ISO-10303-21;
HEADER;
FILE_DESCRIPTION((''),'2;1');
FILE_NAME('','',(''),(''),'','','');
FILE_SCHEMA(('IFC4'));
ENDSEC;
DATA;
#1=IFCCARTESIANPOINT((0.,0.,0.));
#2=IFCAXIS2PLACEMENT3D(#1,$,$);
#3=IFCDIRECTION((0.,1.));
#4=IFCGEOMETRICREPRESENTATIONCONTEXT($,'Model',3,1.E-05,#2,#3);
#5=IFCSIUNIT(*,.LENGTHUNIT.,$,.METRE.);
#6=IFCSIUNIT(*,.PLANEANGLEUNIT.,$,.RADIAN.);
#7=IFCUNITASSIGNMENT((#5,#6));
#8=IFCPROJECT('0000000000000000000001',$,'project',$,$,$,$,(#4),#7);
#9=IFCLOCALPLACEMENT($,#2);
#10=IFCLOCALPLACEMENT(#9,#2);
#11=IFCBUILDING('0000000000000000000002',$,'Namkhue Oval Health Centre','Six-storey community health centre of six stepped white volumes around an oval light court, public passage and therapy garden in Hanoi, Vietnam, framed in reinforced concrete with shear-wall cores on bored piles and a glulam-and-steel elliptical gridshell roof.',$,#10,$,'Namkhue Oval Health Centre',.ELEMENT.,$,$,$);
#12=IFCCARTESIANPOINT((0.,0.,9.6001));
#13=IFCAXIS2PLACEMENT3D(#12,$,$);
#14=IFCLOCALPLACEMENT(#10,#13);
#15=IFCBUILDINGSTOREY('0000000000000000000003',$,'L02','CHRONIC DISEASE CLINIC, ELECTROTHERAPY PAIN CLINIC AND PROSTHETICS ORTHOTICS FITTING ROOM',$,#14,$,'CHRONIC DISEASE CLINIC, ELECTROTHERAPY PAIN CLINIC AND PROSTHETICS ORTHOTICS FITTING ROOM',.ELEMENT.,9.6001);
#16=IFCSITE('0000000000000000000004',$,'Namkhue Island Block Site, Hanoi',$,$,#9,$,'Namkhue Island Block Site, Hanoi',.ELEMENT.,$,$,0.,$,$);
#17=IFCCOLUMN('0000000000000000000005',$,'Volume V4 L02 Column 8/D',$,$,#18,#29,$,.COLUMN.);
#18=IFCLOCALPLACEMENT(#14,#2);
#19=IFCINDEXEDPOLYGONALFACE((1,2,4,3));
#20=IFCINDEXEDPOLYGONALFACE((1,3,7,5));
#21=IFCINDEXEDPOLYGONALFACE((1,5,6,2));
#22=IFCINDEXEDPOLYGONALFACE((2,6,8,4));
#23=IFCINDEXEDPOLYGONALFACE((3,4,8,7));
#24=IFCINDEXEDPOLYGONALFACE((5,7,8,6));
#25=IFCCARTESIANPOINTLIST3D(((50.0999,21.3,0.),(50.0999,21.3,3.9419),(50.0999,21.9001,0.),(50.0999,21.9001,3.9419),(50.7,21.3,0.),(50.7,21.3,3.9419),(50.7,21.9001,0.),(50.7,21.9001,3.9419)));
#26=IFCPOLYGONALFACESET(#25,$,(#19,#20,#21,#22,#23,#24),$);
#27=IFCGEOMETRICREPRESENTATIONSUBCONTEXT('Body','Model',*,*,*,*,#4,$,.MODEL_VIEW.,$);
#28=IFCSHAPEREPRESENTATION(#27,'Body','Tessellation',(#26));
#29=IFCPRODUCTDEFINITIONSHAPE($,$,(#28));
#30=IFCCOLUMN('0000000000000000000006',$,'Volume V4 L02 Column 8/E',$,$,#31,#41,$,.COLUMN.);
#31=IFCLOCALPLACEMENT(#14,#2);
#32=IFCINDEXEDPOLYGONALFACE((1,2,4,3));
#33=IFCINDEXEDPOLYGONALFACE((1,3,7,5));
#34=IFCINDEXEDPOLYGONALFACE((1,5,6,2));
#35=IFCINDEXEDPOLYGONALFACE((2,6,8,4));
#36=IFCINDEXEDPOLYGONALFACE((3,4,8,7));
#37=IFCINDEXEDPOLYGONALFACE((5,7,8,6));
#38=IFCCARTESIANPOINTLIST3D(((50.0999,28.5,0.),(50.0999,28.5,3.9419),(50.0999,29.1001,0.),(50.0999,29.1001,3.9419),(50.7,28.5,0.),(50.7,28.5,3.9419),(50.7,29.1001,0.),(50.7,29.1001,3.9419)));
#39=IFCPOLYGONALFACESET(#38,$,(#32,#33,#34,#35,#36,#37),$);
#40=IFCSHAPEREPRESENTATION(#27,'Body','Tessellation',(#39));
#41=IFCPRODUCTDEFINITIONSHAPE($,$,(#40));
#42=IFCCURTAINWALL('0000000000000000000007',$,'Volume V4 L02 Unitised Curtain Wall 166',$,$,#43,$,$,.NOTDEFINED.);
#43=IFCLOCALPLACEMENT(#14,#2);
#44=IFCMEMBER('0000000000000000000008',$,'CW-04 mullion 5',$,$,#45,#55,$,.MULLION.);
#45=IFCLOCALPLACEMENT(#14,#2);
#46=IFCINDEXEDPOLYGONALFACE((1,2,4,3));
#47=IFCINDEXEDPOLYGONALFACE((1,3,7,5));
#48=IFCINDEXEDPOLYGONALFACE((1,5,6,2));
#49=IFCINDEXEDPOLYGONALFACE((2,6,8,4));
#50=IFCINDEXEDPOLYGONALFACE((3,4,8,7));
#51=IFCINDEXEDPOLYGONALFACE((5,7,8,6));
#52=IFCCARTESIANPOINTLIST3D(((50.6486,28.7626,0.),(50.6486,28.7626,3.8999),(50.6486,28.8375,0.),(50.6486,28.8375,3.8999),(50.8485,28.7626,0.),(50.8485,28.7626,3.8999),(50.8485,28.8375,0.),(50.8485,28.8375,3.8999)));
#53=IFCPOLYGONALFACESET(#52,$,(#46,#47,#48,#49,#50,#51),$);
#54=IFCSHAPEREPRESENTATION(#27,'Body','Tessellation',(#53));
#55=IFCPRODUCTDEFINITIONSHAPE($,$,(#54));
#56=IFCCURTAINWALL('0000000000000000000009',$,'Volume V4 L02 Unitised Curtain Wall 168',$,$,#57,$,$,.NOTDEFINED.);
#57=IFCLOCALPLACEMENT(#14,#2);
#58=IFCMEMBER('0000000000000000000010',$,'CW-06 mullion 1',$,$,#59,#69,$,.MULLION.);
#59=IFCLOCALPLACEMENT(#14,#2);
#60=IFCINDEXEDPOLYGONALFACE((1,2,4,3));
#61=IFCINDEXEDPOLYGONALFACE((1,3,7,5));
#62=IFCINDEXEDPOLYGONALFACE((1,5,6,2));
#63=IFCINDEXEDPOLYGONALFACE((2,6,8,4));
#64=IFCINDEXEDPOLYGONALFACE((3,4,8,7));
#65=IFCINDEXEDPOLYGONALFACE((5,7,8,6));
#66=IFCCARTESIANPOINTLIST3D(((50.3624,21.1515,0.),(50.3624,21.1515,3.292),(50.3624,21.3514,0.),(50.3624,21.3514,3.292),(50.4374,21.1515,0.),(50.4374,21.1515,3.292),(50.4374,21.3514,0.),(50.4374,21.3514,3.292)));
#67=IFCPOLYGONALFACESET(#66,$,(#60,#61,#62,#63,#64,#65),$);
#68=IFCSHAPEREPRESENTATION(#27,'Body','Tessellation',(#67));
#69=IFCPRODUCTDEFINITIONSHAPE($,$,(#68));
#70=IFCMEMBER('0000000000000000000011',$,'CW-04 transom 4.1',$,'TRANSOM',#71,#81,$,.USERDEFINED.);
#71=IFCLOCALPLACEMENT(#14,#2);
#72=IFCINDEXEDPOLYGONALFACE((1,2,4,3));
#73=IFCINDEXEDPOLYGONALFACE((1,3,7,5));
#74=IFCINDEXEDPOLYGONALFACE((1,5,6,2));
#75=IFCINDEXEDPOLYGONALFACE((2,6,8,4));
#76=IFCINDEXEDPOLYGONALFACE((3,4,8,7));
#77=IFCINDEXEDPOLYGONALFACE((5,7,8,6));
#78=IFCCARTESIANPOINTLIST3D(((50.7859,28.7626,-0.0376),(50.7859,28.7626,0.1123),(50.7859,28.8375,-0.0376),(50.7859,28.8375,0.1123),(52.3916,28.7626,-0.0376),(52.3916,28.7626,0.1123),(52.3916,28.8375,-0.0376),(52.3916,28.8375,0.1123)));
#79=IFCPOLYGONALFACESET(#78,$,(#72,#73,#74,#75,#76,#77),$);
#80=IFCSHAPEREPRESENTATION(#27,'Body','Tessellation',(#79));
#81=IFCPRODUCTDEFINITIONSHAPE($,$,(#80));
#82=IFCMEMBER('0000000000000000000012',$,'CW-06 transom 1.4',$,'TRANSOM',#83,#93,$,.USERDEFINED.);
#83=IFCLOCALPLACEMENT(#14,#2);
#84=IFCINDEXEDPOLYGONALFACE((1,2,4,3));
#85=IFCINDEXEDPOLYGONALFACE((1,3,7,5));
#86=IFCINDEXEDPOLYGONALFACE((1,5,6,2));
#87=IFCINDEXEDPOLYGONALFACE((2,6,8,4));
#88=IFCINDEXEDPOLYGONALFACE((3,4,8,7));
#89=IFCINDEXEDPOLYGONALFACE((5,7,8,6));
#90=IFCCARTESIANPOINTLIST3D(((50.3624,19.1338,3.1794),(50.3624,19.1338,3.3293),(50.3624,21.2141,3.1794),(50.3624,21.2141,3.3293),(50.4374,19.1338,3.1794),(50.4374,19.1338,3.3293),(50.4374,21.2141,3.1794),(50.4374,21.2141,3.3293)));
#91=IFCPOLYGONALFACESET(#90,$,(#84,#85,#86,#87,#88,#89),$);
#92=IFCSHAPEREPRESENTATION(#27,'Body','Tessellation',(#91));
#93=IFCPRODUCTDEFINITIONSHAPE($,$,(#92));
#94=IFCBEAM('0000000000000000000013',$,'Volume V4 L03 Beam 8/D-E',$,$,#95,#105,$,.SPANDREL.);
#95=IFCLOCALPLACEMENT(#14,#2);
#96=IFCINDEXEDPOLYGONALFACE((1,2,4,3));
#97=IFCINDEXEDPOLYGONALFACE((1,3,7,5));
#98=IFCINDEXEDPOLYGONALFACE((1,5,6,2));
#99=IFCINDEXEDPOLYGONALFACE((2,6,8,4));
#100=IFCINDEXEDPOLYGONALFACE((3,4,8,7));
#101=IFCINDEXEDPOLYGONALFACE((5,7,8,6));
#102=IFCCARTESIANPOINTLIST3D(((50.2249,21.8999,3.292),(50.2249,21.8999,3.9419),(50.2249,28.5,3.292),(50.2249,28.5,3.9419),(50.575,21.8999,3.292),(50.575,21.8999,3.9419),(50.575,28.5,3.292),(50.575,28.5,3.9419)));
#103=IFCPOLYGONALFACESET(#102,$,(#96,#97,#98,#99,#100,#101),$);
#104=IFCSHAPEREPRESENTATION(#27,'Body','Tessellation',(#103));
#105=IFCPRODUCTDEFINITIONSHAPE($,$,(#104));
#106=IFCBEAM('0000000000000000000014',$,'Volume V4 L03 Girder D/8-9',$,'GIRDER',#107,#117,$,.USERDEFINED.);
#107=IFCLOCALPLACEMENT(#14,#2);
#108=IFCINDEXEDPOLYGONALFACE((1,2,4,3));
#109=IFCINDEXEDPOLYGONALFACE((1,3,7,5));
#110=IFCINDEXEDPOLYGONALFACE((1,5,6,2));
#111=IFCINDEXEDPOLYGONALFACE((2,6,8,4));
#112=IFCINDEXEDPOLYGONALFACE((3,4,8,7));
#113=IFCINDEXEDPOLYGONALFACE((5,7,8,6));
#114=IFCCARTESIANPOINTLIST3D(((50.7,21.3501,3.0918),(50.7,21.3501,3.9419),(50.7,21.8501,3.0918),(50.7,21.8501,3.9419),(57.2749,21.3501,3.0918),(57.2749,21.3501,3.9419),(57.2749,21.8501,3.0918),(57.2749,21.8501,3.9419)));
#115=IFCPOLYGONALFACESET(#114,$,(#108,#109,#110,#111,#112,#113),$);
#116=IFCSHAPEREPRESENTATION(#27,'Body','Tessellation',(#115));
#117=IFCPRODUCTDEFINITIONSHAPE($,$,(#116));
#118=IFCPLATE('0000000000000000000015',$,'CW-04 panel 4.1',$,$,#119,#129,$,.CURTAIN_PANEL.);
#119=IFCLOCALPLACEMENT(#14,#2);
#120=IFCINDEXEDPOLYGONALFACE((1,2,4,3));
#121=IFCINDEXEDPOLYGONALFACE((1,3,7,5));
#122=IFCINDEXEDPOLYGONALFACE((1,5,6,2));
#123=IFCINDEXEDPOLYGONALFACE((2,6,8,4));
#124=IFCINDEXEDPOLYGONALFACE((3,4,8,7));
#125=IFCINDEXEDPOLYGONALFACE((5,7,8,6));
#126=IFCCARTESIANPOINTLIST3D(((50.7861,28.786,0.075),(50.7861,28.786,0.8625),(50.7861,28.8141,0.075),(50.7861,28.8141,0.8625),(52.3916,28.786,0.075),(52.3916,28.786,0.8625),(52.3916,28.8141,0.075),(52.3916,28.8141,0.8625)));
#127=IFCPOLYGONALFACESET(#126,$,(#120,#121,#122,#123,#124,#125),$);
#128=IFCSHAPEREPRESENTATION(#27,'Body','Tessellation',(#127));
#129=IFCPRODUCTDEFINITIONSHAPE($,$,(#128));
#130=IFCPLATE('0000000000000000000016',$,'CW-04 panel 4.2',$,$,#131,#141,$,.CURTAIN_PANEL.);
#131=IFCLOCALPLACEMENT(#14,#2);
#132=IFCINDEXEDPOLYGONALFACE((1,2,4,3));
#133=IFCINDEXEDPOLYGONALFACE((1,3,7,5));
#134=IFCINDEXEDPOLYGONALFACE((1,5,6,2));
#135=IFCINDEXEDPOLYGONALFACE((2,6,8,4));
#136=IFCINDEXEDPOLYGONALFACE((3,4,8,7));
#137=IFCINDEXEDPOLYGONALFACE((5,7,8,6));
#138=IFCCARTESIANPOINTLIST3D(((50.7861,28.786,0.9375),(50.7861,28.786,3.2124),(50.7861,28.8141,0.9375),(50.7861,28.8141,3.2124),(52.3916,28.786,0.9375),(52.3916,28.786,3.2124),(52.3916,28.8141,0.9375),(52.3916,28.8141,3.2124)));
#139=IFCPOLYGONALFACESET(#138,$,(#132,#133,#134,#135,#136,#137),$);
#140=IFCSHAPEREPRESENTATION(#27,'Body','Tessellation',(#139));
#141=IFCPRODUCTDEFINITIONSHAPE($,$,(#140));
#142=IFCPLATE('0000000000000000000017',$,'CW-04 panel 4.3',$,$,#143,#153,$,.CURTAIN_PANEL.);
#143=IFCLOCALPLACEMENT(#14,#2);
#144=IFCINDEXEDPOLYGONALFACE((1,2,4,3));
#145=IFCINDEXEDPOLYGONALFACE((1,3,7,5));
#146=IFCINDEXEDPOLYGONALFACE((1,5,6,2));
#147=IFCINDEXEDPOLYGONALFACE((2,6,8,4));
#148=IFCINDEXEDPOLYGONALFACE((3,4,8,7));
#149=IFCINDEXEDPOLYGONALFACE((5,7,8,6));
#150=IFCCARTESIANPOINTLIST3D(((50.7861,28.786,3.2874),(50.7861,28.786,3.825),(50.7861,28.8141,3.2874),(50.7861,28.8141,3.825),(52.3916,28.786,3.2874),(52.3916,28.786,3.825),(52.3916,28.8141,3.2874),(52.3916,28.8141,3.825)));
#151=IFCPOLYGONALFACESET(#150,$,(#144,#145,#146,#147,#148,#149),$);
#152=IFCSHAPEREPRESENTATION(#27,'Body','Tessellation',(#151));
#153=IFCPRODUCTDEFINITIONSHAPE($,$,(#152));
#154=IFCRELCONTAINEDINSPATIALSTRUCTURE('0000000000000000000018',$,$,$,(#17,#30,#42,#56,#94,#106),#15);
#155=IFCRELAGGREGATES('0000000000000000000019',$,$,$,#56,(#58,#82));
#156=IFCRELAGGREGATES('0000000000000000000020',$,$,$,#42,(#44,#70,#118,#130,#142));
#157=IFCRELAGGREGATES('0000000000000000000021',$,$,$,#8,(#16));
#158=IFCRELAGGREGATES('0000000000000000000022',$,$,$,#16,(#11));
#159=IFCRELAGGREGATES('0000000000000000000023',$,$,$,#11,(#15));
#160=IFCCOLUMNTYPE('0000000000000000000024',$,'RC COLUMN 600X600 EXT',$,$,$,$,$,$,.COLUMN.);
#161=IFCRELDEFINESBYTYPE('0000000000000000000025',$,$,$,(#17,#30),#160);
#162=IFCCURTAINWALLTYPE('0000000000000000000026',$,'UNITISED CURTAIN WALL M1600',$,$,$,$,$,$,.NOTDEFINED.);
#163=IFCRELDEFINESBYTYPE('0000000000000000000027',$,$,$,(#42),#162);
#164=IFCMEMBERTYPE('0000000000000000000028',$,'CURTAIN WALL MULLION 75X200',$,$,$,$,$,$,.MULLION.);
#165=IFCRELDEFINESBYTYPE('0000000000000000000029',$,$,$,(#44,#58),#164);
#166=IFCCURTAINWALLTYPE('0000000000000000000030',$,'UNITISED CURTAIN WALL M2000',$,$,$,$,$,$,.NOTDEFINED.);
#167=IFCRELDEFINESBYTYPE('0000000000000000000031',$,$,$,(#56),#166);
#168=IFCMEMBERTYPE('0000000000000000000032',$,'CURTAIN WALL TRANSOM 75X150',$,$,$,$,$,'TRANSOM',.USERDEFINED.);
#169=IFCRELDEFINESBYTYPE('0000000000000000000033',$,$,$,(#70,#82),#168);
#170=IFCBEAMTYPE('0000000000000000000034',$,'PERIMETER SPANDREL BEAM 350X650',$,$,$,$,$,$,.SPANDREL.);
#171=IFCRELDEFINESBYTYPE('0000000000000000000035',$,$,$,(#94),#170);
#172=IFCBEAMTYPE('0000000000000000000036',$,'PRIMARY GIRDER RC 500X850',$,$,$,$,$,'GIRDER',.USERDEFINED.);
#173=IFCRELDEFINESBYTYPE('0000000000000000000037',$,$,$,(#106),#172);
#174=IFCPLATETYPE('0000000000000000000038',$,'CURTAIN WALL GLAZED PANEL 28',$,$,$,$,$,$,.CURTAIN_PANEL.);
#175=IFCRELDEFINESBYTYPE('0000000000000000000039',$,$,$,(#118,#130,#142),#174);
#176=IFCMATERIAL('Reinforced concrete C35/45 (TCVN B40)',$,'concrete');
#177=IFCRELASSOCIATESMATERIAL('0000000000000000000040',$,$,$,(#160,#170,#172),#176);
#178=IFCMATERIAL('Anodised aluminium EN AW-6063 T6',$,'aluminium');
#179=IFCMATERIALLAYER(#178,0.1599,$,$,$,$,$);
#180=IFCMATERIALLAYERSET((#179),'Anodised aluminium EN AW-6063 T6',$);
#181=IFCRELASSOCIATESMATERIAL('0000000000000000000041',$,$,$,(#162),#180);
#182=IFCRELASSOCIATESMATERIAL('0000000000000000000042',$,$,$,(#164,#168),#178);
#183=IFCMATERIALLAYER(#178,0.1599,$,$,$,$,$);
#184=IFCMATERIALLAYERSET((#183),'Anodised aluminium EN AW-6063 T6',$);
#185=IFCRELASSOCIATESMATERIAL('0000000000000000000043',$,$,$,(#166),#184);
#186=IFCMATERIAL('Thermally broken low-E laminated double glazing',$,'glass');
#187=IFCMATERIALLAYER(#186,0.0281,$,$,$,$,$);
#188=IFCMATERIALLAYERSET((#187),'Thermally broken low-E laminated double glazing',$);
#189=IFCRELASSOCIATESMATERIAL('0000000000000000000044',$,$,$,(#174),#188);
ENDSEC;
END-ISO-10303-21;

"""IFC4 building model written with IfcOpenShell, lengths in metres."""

from ifc_helpers import new_model, si_unit, direction, frame, origin, origin_2d, place, context, subcontext, project, spatial, rectangle, extrude, material, layer, layer_set, material_profile, profile_set, type_object, element, aggregate, save


model = new_model("IFC4")

# Units and contexts
model_context = context("Model", 3, precision=1e-05, world=origin(), true_north=direction((0.0, 1.0)))
body_context = subcontext(model_context, "Body", "Model", "MODEL_VIEW")
ifc_project = project(units=[si_unit("LENGTHUNIT", "METRE"), si_unit("PLANEANGLEUNIT", "RADIAN")], contexts=[model_context])

# Site, building, storey
site_placement = place(None, origin())
site = spatial("IfcSite", under=ifc_project, at=site_placement, Name="Namkhue Island Block Site, Hanoi", LongName="Namkhue Island Block Site, Hanoi", CompositionType="ELEMENT", RefElevation=0.0)
building_placement = place(site_placement, origin())
building = spatial("IfcBuilding", under=site, at=building_placement, Name="Namkhue Oval Health Centre", Description="Six-storey community health centre of six stepped white volumes around an oval light court, public passage and therapy garden in Hanoi, Vietnam, framed in reinforced concrete with shear-wall cores on bored piles and a glulam-and-steel elliptical gridshell roof.", LongName="Namkhue Oval Health Centre", CompositionType="ELEMENT")
storey_placement = place(building_placement, frame((0.0, 0.0, 9.6001)))
storey = spatial("IfcBuildingStorey", under=building, at=storey_placement, Name="L02", Description="CHRONIC DISEASE CLINIC, ELECTROTHERAPY PAIN CLINIC AND PROSTHETICS ORTHOTICS FITTING ROOM", LongName="CHRONIC DISEASE CLINIC, ELECTROTHERAPY PAIN CLINIC AND PROSTHETICS ORTHOTICS FITTING ROOM", CompositionType="ELEMENT", Elevation=9.6001)

# Columns
ifc_material_1 = material(Name="Reinforced concrete C35/45 (TCVN B40)", Category="concrete")
ifc_material_profile_1 = material_profile(ifc_material_1, rectangle(XDim=0.6001, YDim=0.6001, at=origin_2d()), Name="RC 600x600")
ifc_profile_set_1 = profile_set([ifc_material_profile_1], Name="Reinforced concrete C35/45 (TCVN B40)")
column_type = type_object("IfcColumnType", Name="RC COLUMN 600X600 EXT", PredefinedType="COLUMN", material=ifc_profile_set_1)
for number, where, z_axis, x_axis, name in (
    (1, (50.3999, 21.6001, 0.0), (0.0, 0.0, 1.0), (1.0, 0.0, 0.0), "Volume V4 L02 Column 8/D"),
    (2, (50.3999, 28.8, 0.0), (0.0, 0.0, 1.0), (1.0, 0.0, 0.0), "Volume V4 L02 Column 8/E"),
):
    element("IfcColumn", number, at=place(storey_placement, frame(where, z_axis=z_axis, x_axis=x_axis)), inside=storey, type_object=column_type, Name=name, PredefinedType="COLUMN", context=body_context, shape_type="SweptSolid", body=[
        extrude(rectangle(XDim=0.6001, YDim=0.6001, at=origin_2d()), origin(), (0.0, 0.0, 1.0), 3.9419),
    ])

# Curtain walls, members
ifc_material_2 = material(Name="Anodised aluminium EN AW-6063 T6", Category="aluminium")
ifc_layer_1 = layer(ifc_material_2, 0.1599)
ifc_layer_set_1 = layer_set([ifc_layer_1], Name="Anodised aluminium EN AW-6063 T6")
curtain_wall_type_1 = type_object("IfcCurtainWallType", Name="UNITISED CURTAIN WALL M1600", PredefinedType="NOTDEFINED", material=ifc_layer_set_1)
curtain_wall_1_placement = place(storey_placement, origin())
curtain_wall_1 = element("IfcCurtainWall", 3, at=curtain_wall_1_placement, inside=storey, type_object=curtain_wall_type_1, Name="Volume V4 L02 Unitised Curtain Wall 166", PredefinedType="NOTDEFINED")
ifc_material_profile_2 = material_profile(ifc_material_2, rectangle(XDim=0.075, YDim=0.2, at=origin_2d()), Name="ALU 75x200")
ifc_profile_set_2 = profile_set([ifc_material_profile_2], Name="Anodised aluminium EN AW-6063 T6")
member_type_1 = type_object("IfcMemberType", Name="CURTAIN WALL MULLION 75X200", PredefinedType="MULLION", material=ifc_profile_set_2)
member_1_placement = place(storey_placement, frame((50.7485, 28.8, 0.0), z_axis=(0.0, 0.0, 1.0), x_axis=(0.0, -1.0, 0.0)))
member_1 = element("IfcMember", 4, at=member_1_placement, type_object=member_type_1, Name="CW-04 mullion 5", PredefinedType="MULLION", context=body_context, shape_type="SweptSolid", body=[
    extrude(rectangle(XDim=0.075, YDim=0.2, at=origin_2d()), origin(), (0.0, 0.0, 1.0), 3.8999),
])
ifc_layer_2 = layer(ifc_material_2, 0.1599)
ifc_layer_set_2 = layer_set([ifc_layer_2], Name="Anodised aluminium EN AW-6063 T6")
curtain_wall_type_2 = type_object("IfcCurtainWallType", Name="UNITISED CURTAIN WALL M2000", PredefinedType="NOTDEFINED", material=ifc_layer_set_2)
curtain_wall_2_placement = place(storey_placement, origin())
curtain_wall_2 = element("IfcCurtainWall", 5, at=curtain_wall_2_placement, inside=storey, type_object=curtain_wall_type_2, Name="Volume V4 L02 Unitised Curtain Wall 168", PredefinedType="NOTDEFINED")
member_2_placement = place(storey_placement, frame((50.3999, 21.2515, 0.0), z_axis=(0.0, 0.0, 1.0), x_axis=(1.0, 0.0, 0.0)))
member_2 = element("IfcMember", 6, at=member_2_placement, type_object=member_type_1, Name="CW-06 mullion 1", PredefinedType="MULLION", context=body_context, shape_type="SweptSolid", body=[
    extrude(rectangle(XDim=0.075, YDim=0.2, at=origin_2d()), origin(), (0.0, 0.0, 1.0), 3.292),
])

# Members
ifc_material_profile_3 = material_profile(ifc_material_2, rectangle(XDim=0.075, YDim=0.1499, at=origin_2d()), Name="ALU 75x150")
ifc_profile_set_3 = profile_set([ifc_material_profile_3], Name="Anodised aluminium EN AW-6063 T6")
member_type_2 = type_object("IfcMemberType", Name="CURTAIN WALL TRANSOM 75X150", ElementType="TRANSOM", PredefinedType="USERDEFINED", material=ifc_profile_set_3)
member_3_placement = place(storey_placement, frame((52.3916, 28.8, 0.0374), z_axis=(-1.0, 0.0, 0.0), x_axis=(0.0, -1.0, 0.0)))
member_3 = element("IfcMember", 7, at=member_3_placement, type_object=member_type_2, Name="CW-04 transom 4.1", ObjectType="TRANSOM", PredefinedType="USERDEFINED", context=body_context, shape_type="SweptSolid", body=[
    extrude(rectangle(XDim=0.075, YDim=0.1499, at=origin_2d()), origin(), (0.0, 0.0, 1.0), 1.6057),
])
member_4_placement = place(storey_placement, frame((50.3999, 21.2141, 3.2544), z_axis=(0.0, -1.0, 0.0), x_axis=(1.0, 0.0, 0.0)))
member_4 = element("IfcMember", 8, at=member_4_placement, type_object=member_type_2, Name="CW-06 transom 1.4", ObjectType="TRANSOM", PredefinedType="USERDEFINED", context=body_context, shape_type="SweptSolid", body=[
    extrude(rectangle(XDim=0.075, YDim=0.1499, at=origin_2d()), origin(), (0.0, 0.0, 1.0), 2.0803),
])
aggregate(curtain_wall_2, [member_2, member_4])

# Beams
ifc_material_profile_4 = material_profile(ifc_material_1, rectangle(XDim=0.3501, YDim=0.6499, at=origin_2d()), Name="RC 350x650")
ifc_profile_set_4 = profile_set([ifc_material_profile_4], Name="Reinforced concrete C35/45 (TCVN B40)")
beam_type_1 = type_object("IfcBeamType", Name="PERIMETER SPANDREL BEAM 350X650", PredefinedType="SPANDREL", material=ifc_profile_set_4)
beam_1_placement = place(storey_placement, frame((50.3999, 21.8999, 3.6169), z_axis=(0.0, 1.0, 0.0), x_axis=(-1.0, 0.0, 0.0)))
element("IfcBeam", 9, at=beam_1_placement, inside=storey, type_object=beam_type_1, Name="Volume V4 L03 Beam 8/D-E", PredefinedType="SPANDREL", context=body_context, shape_type="SweptSolid", body=[
    extrude(rectangle(XDim=0.3501, YDim=0.6499, at=origin_2d()), origin(), (0.0, 0.0, 1.0), 6.6001),
])
ifc_material_profile_5 = material_profile(ifc_material_1, rectangle(XDim=0.5, YDim=0.8501, at=origin_2d()), Name="RC 500x850")
ifc_profile_set_5 = profile_set([ifc_material_profile_5], Name="Reinforced concrete C35/45 (TCVN B40)")
beam_type_2 = type_object("IfcBeamType", Name="PRIMARY GIRDER RC 500X850", ElementType="GIRDER", PredefinedType="USERDEFINED", material=ifc_profile_set_5)
beam_2_placement = place(storey_placement, frame((50.7, 21.6001, 3.5168), z_axis=(1.0, 0.0, 0.0), x_axis=(0.0, 1.0, 0.0)))
element("IfcBeam", 10, at=beam_2_placement, inside=storey, type_object=beam_type_2, Name="Volume V4 L03 Girder D/8-9", ObjectType="GIRDER", PredefinedType="USERDEFINED", context=body_context, shape_type="SweptSolid", body=[
    extrude(rectangle(XDim=0.5, YDim=0.8501, at=origin_2d()), origin(), (0.0, 0.0, 1.0), 6.575),
])

# Plates
ifc_material_3 = material(Name="Thermally broken low-E laminated double glazing", Category="glass")
ifc_layer_3 = layer(ifc_material_3, 0.0281)
ifc_layer_set_3 = layer_set([ifc_layer_3], Name="Thermally broken low-E laminated double glazing")
plate_type = type_object("IfcPlateType", Name="CURTAIN WALL GLAZED PANEL 28", PredefinedType="CURTAIN_PANEL", material=ifc_layer_set_3)
plate_1_placement = place(storey_placement, frame((51.5889, 28.8, 0.075), z_axis=(0.0, 0.0, 1.0), x_axis=(-1.0, 0.0, 0.0)))
plate_1 = element("IfcPlate", 11, at=plate_1_placement, type_object=plate_type, Name="CW-04 panel 4.1", PredefinedType="CURTAIN_PANEL", context=body_context, shape_type="SweptSolid", body=[
    extrude(rectangle(XDim=1.6055, YDim=0.0281, at=origin_2d()), origin(), (0.0, 0.0, 1.0), 0.7876),
])
plate_2_placement = place(storey_placement, frame((51.5889, 28.8, 0.9375), z_axis=(0.0, 0.0, 1.0), x_axis=(-1.0, 0.0, 0.0)))
plate_2 = element("IfcPlate", 12, at=plate_2_placement, type_object=plate_type, Name="CW-04 panel 4.2", PredefinedType="CURTAIN_PANEL", context=body_context, shape_type="SweptSolid", body=[
    extrude(rectangle(XDim=1.6055, YDim=0.0281, at=origin_2d()), origin(), (0.0, 0.0, 1.0), 2.2749),
])
plate_3_placement = place(storey_placement, frame((51.5889, 28.8, 3.2874), z_axis=(0.0, 0.0, 1.0), x_axis=(-1.0, 0.0, 0.0)))
plate_3 = element("IfcPlate", 13, at=plate_3_placement, type_object=plate_type, Name="CW-04 panel 4.3", PredefinedType="CURTAIN_PANEL", context=body_context, shape_type="SweptSolid", body=[
    extrude(rectangle(XDim=1.6055, YDim=0.0281, at=origin_2d()), origin(), (0.0, 0.0, 1.0), 0.5376),
])
aggregate(curtain_wall_1, [member_1, member_3, plate_1, plate_2, plate_3])

save(model, "model.ifc")
